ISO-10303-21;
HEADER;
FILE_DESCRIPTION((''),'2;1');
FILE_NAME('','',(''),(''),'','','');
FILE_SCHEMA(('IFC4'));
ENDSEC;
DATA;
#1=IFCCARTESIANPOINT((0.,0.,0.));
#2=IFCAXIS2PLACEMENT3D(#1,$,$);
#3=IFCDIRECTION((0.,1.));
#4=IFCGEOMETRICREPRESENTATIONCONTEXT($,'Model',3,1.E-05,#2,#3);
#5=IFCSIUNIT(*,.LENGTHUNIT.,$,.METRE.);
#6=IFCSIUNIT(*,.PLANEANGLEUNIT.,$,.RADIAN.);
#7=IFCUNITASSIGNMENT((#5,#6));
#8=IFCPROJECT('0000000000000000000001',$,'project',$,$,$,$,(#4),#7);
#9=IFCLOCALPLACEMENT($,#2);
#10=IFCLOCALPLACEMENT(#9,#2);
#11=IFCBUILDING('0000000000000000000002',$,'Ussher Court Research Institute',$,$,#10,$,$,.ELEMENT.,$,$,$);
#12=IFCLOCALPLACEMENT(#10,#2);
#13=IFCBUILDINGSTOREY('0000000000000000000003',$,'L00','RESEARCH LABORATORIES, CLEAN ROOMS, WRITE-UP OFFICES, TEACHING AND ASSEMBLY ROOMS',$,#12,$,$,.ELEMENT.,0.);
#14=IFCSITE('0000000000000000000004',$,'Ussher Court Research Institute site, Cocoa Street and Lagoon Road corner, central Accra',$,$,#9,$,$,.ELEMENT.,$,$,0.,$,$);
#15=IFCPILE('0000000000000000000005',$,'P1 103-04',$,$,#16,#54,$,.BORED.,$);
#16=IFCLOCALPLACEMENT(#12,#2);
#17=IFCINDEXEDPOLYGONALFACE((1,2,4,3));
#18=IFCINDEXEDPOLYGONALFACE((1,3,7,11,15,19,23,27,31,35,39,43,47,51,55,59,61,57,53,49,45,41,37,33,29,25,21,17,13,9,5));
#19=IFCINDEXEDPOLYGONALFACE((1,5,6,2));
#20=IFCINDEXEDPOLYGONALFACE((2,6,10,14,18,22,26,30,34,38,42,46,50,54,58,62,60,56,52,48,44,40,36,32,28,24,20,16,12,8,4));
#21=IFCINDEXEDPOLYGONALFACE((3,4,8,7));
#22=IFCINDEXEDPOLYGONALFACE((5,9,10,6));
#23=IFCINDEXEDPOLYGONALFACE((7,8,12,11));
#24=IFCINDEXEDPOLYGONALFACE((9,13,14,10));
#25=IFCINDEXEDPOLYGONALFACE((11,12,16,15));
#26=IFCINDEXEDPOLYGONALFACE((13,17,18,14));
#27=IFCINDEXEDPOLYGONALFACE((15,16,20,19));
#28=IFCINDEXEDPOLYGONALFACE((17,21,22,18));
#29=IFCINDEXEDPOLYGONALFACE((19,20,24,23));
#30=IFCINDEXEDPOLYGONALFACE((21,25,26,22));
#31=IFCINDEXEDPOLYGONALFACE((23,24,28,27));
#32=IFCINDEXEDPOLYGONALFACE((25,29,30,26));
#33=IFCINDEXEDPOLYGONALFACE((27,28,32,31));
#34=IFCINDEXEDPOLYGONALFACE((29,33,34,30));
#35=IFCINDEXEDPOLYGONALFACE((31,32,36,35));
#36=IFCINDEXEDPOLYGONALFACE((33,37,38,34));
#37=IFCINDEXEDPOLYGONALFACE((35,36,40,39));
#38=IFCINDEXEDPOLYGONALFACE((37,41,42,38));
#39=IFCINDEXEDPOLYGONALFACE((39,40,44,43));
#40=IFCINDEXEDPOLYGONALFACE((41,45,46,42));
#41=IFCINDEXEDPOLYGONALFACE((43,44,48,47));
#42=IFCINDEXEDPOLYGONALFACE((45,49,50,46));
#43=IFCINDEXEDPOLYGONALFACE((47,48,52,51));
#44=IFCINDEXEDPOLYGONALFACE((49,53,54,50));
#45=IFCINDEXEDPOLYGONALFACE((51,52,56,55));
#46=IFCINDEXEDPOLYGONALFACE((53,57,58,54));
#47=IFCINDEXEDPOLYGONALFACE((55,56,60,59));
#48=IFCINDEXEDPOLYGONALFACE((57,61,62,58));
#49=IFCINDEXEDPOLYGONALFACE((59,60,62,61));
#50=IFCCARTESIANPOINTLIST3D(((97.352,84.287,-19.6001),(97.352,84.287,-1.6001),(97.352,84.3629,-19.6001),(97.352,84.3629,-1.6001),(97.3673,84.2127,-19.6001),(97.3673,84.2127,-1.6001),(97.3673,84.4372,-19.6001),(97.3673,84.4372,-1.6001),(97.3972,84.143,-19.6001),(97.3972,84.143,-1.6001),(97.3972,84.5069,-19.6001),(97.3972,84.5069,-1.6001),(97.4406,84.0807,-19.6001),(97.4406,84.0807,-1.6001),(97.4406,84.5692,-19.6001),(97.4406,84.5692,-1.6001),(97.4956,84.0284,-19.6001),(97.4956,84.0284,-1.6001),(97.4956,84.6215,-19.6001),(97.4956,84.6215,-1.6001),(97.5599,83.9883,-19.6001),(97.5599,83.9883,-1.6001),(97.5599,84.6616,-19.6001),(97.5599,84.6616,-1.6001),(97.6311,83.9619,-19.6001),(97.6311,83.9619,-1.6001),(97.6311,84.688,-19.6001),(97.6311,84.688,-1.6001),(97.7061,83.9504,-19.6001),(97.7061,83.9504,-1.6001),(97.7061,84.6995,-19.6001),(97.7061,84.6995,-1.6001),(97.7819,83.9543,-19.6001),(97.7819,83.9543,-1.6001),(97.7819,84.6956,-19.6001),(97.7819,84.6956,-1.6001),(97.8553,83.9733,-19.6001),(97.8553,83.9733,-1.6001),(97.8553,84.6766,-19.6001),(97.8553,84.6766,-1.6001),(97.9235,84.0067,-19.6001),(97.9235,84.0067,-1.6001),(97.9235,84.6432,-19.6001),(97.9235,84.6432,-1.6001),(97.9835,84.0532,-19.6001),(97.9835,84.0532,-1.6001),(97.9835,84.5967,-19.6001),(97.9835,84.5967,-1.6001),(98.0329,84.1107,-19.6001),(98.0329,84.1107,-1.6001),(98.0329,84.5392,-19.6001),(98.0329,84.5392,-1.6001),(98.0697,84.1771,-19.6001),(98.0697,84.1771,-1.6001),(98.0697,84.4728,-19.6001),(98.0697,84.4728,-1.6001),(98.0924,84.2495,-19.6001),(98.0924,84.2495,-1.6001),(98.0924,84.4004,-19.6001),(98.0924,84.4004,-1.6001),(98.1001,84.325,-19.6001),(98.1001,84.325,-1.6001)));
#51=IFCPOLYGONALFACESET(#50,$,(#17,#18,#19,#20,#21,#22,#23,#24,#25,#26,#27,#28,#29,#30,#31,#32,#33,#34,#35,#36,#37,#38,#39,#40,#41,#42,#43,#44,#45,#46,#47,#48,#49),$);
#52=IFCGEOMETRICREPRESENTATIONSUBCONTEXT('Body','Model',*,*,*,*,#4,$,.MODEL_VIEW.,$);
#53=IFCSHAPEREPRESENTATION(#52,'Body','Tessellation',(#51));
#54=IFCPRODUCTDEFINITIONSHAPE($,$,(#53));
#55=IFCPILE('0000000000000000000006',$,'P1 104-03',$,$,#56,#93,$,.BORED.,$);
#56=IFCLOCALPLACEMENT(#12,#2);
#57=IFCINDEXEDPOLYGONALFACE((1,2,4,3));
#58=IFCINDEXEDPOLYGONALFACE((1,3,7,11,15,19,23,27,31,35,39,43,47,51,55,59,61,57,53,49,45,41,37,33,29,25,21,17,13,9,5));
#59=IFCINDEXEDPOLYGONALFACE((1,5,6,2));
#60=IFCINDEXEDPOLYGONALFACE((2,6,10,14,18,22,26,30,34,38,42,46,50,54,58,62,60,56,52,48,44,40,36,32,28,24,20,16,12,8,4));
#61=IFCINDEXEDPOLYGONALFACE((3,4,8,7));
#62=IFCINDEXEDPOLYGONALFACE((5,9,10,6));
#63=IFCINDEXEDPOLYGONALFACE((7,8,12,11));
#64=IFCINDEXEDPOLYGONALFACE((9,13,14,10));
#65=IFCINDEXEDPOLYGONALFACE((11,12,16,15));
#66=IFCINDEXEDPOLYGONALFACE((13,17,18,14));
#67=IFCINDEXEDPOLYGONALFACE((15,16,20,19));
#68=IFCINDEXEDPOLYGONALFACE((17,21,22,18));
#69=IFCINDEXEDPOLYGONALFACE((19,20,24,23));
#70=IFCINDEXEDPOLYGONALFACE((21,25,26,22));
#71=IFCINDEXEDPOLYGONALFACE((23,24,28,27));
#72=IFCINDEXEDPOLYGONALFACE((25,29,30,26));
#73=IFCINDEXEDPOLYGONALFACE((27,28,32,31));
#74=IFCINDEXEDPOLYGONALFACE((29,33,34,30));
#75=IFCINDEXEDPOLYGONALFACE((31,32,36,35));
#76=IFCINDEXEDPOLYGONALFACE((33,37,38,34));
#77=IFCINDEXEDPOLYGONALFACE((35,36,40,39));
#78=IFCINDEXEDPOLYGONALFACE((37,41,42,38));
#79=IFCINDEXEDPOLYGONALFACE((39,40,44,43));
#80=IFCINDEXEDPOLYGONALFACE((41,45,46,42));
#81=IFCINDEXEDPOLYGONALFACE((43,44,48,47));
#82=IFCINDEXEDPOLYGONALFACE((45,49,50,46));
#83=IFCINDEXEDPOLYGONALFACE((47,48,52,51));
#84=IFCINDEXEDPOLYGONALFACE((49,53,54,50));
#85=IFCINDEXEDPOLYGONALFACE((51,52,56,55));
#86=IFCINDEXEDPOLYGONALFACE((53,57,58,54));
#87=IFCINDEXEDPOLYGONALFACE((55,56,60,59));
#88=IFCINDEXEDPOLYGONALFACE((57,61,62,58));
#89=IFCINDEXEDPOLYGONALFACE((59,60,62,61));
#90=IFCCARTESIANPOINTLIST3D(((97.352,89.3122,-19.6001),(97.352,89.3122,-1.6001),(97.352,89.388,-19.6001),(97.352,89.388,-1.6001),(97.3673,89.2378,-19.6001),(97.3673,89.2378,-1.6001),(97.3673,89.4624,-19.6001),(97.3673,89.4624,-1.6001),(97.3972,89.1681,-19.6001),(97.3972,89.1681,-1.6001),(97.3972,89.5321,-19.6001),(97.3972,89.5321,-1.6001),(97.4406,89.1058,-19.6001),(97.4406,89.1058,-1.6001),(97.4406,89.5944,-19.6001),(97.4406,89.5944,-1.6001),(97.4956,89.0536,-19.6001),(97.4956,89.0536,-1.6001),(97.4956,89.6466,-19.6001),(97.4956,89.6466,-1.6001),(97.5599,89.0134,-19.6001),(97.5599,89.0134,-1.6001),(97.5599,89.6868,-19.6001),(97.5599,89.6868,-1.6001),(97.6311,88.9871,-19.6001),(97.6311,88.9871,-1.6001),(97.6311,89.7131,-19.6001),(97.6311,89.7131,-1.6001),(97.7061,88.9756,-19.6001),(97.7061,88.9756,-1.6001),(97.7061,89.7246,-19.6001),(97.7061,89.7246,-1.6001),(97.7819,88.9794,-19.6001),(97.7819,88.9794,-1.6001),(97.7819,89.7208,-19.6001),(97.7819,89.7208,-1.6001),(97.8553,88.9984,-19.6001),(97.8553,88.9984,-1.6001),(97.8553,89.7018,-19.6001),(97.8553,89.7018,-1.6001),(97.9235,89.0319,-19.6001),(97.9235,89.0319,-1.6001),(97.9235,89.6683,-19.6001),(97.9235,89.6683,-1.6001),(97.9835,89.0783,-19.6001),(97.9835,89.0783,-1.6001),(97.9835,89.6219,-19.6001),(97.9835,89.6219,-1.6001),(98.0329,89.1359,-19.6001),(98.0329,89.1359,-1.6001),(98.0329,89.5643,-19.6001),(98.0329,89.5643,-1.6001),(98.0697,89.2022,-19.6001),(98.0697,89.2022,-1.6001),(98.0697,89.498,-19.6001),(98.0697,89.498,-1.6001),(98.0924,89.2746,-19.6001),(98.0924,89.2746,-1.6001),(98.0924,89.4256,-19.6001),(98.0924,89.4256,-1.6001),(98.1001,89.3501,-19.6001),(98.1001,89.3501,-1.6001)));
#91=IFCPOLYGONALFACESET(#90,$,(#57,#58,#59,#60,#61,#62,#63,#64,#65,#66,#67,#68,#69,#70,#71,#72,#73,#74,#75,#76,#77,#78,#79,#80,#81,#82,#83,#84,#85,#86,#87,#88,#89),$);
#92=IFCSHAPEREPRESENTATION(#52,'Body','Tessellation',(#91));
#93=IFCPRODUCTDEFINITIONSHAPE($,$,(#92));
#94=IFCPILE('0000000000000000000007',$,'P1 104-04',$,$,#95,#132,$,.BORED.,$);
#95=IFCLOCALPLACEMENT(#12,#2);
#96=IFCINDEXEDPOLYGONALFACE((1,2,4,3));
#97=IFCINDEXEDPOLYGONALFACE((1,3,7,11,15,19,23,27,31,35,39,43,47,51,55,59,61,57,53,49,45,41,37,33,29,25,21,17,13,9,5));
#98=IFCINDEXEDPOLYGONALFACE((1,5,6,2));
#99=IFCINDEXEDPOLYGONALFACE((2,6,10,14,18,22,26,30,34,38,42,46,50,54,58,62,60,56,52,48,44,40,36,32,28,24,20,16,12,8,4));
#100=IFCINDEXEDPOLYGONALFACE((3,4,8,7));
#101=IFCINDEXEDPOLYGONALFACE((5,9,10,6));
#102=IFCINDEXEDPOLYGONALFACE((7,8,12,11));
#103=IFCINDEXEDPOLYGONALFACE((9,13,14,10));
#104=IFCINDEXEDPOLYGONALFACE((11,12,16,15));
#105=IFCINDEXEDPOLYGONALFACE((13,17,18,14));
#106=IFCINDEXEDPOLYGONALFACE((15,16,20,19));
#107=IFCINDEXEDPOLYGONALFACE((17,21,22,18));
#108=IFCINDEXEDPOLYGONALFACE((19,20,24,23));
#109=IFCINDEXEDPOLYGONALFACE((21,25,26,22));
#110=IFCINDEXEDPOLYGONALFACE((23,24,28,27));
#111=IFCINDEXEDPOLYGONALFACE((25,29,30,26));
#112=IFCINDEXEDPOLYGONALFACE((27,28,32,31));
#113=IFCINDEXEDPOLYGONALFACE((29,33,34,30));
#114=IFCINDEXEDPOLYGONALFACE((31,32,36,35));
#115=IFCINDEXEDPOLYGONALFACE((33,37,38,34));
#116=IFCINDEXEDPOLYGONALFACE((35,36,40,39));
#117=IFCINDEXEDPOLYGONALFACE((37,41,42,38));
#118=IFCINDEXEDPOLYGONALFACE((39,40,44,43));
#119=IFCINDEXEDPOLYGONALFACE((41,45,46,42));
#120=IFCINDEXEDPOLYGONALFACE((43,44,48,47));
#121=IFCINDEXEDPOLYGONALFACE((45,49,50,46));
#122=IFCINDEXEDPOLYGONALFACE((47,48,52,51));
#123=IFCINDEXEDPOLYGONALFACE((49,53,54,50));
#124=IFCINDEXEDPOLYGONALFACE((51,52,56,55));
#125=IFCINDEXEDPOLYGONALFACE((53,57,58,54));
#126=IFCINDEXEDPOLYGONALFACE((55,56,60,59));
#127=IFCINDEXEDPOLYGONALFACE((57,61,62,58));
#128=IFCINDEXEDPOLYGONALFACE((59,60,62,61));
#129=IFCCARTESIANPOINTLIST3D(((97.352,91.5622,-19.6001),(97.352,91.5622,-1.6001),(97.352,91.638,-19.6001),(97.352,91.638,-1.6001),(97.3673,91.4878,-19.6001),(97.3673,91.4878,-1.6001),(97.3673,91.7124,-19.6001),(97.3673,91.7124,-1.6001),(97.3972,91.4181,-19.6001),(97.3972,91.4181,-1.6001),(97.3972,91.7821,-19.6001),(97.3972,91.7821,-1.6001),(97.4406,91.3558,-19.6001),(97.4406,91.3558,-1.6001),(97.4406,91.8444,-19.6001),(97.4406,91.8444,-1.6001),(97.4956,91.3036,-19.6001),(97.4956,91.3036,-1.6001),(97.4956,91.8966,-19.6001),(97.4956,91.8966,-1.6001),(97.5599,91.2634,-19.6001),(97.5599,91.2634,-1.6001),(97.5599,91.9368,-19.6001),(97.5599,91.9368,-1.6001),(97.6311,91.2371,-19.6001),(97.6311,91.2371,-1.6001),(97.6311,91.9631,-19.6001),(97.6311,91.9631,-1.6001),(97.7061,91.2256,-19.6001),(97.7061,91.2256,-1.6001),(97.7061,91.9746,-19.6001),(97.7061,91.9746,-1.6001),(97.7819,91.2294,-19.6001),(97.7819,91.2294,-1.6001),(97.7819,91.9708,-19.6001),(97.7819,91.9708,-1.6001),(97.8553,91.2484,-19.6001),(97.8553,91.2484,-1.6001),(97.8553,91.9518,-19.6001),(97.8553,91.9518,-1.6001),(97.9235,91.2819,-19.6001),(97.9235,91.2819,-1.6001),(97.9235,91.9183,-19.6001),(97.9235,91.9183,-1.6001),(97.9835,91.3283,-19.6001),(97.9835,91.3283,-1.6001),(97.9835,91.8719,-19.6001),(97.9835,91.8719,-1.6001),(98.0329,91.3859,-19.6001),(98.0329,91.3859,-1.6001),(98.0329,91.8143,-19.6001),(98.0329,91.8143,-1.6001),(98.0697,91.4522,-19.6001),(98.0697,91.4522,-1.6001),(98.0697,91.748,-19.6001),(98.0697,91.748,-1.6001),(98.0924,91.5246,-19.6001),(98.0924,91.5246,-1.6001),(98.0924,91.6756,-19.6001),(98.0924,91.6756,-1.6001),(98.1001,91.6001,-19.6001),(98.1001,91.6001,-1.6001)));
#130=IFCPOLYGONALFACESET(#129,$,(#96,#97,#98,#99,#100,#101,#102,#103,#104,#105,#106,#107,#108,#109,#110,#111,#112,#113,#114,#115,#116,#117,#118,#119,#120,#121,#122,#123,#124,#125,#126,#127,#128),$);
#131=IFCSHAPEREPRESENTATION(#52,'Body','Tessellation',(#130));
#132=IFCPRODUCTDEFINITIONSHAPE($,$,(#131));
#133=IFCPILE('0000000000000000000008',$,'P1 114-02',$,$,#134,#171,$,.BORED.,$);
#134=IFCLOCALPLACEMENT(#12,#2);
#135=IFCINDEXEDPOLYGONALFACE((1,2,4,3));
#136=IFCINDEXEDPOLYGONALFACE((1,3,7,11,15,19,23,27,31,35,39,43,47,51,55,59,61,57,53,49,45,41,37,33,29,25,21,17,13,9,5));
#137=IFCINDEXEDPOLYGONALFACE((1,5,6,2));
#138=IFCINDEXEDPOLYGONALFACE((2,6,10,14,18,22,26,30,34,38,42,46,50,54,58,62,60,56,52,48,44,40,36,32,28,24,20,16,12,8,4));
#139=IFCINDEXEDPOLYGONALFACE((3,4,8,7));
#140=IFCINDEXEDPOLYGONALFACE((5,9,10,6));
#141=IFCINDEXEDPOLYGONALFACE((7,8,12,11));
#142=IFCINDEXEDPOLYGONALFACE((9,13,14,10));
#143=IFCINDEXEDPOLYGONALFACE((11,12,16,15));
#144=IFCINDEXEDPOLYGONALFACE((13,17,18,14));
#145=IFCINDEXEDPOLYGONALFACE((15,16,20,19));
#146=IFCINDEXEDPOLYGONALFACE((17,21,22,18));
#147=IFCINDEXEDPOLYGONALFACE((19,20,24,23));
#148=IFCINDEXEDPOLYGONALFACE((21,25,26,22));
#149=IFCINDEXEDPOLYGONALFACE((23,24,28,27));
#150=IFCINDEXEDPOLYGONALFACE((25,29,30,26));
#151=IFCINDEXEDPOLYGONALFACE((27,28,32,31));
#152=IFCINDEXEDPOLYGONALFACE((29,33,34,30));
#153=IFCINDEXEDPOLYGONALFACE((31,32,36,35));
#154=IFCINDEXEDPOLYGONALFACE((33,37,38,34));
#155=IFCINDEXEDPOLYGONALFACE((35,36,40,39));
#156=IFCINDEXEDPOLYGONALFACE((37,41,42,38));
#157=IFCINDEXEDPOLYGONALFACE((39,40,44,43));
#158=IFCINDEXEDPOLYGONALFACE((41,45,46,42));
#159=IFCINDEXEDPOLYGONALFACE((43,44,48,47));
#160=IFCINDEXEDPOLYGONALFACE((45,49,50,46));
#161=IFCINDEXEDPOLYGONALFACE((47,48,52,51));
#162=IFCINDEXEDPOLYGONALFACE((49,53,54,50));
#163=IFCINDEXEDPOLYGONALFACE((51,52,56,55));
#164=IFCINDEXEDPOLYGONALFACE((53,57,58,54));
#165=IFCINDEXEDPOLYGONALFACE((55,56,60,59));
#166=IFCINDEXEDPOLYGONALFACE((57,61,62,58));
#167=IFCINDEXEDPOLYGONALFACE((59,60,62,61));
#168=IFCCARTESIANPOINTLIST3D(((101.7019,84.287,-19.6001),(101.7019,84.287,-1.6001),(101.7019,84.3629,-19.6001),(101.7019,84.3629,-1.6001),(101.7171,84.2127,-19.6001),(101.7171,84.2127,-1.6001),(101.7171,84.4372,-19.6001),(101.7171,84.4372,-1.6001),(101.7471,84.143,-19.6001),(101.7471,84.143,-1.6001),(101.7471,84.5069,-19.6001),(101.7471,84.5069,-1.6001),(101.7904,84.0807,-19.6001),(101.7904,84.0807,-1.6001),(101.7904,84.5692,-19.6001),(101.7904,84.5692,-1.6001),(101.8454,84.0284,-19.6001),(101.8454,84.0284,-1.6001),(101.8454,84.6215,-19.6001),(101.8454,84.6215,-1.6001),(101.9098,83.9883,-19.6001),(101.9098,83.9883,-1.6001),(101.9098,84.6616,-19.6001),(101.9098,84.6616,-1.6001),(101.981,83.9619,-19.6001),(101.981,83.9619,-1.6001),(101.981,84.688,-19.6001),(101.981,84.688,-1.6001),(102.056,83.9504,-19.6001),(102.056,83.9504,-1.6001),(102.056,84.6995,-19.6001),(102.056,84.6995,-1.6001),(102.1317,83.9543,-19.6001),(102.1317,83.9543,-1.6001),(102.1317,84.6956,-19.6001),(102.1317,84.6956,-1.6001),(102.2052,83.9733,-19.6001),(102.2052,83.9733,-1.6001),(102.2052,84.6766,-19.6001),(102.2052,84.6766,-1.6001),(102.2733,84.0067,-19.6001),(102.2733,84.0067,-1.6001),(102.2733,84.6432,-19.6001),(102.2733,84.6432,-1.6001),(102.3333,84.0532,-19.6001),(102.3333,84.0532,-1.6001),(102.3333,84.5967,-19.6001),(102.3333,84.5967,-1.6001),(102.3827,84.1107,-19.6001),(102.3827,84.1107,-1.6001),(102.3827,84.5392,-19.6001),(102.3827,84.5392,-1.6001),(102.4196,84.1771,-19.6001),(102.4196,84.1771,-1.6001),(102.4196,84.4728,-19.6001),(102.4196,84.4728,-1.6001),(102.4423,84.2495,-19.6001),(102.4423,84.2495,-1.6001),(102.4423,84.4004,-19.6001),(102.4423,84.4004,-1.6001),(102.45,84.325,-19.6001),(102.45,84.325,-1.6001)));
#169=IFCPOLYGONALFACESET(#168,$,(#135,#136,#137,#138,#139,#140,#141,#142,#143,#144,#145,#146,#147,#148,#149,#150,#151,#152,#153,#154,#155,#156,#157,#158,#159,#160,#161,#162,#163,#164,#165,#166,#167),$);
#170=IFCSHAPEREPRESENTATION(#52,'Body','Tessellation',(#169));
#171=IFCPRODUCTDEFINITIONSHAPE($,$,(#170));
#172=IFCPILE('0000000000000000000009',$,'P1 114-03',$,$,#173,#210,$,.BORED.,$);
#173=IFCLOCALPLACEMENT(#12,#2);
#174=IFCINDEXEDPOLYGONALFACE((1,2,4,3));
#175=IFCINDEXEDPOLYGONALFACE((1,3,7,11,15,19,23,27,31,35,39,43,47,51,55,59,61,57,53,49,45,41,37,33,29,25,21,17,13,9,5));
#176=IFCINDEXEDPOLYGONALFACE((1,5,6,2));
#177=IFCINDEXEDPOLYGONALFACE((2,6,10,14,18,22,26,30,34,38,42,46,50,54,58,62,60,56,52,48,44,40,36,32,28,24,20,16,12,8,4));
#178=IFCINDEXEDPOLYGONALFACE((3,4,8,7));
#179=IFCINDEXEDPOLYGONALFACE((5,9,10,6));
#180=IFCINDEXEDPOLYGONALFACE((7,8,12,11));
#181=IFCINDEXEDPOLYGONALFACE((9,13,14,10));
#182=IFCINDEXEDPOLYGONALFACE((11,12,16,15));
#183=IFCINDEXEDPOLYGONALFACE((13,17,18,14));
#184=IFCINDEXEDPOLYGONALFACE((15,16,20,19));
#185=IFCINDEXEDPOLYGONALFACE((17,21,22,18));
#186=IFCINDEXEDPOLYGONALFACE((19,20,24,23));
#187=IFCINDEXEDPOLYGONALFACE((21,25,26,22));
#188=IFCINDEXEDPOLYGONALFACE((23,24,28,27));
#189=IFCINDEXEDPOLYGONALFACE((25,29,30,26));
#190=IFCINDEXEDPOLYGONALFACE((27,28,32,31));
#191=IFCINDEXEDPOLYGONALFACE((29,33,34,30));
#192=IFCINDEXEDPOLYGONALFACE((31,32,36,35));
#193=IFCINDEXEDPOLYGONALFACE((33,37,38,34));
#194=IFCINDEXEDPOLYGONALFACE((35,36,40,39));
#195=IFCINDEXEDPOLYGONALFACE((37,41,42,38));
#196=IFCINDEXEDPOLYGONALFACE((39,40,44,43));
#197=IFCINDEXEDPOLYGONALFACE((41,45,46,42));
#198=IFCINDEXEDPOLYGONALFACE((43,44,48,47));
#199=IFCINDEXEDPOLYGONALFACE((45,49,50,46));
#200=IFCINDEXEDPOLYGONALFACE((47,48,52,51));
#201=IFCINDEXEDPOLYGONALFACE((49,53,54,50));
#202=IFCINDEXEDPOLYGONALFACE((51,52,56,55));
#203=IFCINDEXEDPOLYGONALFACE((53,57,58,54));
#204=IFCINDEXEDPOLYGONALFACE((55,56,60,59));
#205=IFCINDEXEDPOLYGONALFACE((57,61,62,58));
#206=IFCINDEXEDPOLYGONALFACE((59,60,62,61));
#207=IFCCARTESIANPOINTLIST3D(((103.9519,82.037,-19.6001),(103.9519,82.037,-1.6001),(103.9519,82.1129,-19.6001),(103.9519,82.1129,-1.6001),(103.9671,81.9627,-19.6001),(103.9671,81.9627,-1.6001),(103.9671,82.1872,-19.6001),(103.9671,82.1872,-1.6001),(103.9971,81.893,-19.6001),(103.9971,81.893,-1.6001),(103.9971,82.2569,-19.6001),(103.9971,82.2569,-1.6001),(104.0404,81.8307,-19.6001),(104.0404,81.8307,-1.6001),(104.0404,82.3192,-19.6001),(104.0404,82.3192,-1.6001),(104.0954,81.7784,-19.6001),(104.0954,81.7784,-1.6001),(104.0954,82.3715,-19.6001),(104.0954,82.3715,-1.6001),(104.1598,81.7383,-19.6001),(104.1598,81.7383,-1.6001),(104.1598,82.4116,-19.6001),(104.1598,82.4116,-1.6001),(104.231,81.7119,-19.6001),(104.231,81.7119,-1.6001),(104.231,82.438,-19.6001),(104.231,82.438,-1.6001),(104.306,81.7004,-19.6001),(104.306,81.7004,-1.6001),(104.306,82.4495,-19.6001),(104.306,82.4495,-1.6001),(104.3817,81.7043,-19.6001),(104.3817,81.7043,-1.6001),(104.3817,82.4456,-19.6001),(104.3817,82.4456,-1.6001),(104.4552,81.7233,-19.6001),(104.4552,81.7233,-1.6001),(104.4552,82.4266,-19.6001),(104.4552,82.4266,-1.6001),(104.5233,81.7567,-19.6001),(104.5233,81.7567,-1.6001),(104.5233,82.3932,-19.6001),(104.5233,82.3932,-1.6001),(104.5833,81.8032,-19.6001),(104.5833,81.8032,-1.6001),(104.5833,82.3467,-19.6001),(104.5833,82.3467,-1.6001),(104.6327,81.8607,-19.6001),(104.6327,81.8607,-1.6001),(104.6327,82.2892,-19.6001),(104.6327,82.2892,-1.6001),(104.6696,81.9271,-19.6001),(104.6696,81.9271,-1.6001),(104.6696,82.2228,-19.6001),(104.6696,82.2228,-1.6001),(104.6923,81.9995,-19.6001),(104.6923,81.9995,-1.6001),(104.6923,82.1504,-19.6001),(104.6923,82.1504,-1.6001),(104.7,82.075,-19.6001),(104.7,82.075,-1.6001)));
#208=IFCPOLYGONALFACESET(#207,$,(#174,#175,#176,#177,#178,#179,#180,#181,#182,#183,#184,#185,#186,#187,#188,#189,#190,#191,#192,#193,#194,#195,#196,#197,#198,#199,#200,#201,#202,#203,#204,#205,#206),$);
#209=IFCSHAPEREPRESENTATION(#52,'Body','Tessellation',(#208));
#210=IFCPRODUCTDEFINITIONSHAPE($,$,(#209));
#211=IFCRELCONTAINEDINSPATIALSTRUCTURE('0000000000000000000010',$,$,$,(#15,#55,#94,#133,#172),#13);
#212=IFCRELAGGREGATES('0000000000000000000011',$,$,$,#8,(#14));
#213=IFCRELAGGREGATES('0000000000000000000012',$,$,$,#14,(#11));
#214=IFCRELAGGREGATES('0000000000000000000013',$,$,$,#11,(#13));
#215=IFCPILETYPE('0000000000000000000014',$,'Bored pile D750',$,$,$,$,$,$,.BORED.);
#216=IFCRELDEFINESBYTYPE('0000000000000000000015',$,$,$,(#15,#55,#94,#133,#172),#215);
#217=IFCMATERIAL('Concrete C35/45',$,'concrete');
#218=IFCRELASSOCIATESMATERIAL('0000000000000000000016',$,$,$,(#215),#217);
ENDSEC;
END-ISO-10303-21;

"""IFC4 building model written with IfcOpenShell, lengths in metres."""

from ifc_helpers import new_model, si_unit, direction, frame, origin, origin_2d, place, context, subcontext, project, spatial, circle, extrude, material, material_profile, profile_set, type_object, element, save


model = new_model("IFC4")

# Units and contexts
model_context = context("Model", 3, precision=1e-05, world=origin(), true_north=direction((0.0, 1.0)))
body_context = subcontext(model_context, "Body", "Model", "MODEL_VIEW")
ifc_project = project(units=[si_unit("LENGTHUNIT", "METRE"), si_unit("PLANEANGLEUNIT", "RADIAN")], contexts=[model_context])

# Site, building, storey
site_placement = place(None, origin())
site = spatial("IfcSite", under=ifc_project, at=site_placement, Name="Ussher Court Research Institute site, Cocoa Street and Lagoon Road corner, central Accra", CompositionType="ELEMENT", RefElevation=0.0)
building_placement = place(site_placement, origin())
building = spatial("IfcBuilding", under=site, at=building_placement, Name="Ussher Court Research Institute", CompositionType="ELEMENT")
storey_placement = place(building_placement, origin())
storey = spatial("IfcBuildingStorey", under=building, at=storey_placement, Name="L00", Description="RESEARCH LABORATORIES, CLEAN ROOMS, WRITE-UP OFFICES, TEACHING AND ASSEMBLY ROOMS", CompositionType="ELEMENT", Elevation=0.0)

# Piles
ifc_material_1 = material(Name="Concrete C35/45", Category="concrete")
ifc_material_profile_1 = material_profile(ifc_material_1, circle(Radius=0.375, at=origin_2d()), Name="RC D750")
ifc_profile_set_1 = profile_set([ifc_material_profile_1], Name="Concrete C35/45")
pile_type = type_object("IfcPileType", Name="Bored pile D750", PredefinedType="BORED", material=ifc_profile_set_1)
for number, where, z_axis, x_axis, name in (
    (1, (97.7251, 84.325, -1.6001), (0.0, 0.0, -1.0), (1.0, 0.0, 0.0), "P1 103-04"),
    (2, (97.7251, 89.3501, -1.6001), (0.0, 0.0, -1.0), (1.0, 0.0, 0.0), "P1 104-03"),
    (3, (97.7251, 91.6001, -1.6001), (0.0, 0.0, -1.0), (1.0, 0.0, 0.0), "P1 104-04"),
    (4, (102.075, 84.325, -1.6001), (0.0, 0.0, -1.0), (1.0, 0.0, 0.0), "P1 114-02"),
    (5, (104.325, 82.075, -1.6001), (0.0, 0.0, -1.0), (1.0, 0.0, 0.0), "P1 114-03"),
):
    element("IfcPile", number, at=place(storey_placement, frame(where, z_axis=z_axis, x_axis=x_axis)), inside=storey, type_object=pile_type, Name=name, PredefinedType="BORED", context=body_context, shape_type="SweptSolid", body=[
        extrude(circle(Radius=0.375, at=origin_2d()), origin(), (0.0, 0.0, 1.0), 18.0),
    ])

save(model, "model.ifc")
